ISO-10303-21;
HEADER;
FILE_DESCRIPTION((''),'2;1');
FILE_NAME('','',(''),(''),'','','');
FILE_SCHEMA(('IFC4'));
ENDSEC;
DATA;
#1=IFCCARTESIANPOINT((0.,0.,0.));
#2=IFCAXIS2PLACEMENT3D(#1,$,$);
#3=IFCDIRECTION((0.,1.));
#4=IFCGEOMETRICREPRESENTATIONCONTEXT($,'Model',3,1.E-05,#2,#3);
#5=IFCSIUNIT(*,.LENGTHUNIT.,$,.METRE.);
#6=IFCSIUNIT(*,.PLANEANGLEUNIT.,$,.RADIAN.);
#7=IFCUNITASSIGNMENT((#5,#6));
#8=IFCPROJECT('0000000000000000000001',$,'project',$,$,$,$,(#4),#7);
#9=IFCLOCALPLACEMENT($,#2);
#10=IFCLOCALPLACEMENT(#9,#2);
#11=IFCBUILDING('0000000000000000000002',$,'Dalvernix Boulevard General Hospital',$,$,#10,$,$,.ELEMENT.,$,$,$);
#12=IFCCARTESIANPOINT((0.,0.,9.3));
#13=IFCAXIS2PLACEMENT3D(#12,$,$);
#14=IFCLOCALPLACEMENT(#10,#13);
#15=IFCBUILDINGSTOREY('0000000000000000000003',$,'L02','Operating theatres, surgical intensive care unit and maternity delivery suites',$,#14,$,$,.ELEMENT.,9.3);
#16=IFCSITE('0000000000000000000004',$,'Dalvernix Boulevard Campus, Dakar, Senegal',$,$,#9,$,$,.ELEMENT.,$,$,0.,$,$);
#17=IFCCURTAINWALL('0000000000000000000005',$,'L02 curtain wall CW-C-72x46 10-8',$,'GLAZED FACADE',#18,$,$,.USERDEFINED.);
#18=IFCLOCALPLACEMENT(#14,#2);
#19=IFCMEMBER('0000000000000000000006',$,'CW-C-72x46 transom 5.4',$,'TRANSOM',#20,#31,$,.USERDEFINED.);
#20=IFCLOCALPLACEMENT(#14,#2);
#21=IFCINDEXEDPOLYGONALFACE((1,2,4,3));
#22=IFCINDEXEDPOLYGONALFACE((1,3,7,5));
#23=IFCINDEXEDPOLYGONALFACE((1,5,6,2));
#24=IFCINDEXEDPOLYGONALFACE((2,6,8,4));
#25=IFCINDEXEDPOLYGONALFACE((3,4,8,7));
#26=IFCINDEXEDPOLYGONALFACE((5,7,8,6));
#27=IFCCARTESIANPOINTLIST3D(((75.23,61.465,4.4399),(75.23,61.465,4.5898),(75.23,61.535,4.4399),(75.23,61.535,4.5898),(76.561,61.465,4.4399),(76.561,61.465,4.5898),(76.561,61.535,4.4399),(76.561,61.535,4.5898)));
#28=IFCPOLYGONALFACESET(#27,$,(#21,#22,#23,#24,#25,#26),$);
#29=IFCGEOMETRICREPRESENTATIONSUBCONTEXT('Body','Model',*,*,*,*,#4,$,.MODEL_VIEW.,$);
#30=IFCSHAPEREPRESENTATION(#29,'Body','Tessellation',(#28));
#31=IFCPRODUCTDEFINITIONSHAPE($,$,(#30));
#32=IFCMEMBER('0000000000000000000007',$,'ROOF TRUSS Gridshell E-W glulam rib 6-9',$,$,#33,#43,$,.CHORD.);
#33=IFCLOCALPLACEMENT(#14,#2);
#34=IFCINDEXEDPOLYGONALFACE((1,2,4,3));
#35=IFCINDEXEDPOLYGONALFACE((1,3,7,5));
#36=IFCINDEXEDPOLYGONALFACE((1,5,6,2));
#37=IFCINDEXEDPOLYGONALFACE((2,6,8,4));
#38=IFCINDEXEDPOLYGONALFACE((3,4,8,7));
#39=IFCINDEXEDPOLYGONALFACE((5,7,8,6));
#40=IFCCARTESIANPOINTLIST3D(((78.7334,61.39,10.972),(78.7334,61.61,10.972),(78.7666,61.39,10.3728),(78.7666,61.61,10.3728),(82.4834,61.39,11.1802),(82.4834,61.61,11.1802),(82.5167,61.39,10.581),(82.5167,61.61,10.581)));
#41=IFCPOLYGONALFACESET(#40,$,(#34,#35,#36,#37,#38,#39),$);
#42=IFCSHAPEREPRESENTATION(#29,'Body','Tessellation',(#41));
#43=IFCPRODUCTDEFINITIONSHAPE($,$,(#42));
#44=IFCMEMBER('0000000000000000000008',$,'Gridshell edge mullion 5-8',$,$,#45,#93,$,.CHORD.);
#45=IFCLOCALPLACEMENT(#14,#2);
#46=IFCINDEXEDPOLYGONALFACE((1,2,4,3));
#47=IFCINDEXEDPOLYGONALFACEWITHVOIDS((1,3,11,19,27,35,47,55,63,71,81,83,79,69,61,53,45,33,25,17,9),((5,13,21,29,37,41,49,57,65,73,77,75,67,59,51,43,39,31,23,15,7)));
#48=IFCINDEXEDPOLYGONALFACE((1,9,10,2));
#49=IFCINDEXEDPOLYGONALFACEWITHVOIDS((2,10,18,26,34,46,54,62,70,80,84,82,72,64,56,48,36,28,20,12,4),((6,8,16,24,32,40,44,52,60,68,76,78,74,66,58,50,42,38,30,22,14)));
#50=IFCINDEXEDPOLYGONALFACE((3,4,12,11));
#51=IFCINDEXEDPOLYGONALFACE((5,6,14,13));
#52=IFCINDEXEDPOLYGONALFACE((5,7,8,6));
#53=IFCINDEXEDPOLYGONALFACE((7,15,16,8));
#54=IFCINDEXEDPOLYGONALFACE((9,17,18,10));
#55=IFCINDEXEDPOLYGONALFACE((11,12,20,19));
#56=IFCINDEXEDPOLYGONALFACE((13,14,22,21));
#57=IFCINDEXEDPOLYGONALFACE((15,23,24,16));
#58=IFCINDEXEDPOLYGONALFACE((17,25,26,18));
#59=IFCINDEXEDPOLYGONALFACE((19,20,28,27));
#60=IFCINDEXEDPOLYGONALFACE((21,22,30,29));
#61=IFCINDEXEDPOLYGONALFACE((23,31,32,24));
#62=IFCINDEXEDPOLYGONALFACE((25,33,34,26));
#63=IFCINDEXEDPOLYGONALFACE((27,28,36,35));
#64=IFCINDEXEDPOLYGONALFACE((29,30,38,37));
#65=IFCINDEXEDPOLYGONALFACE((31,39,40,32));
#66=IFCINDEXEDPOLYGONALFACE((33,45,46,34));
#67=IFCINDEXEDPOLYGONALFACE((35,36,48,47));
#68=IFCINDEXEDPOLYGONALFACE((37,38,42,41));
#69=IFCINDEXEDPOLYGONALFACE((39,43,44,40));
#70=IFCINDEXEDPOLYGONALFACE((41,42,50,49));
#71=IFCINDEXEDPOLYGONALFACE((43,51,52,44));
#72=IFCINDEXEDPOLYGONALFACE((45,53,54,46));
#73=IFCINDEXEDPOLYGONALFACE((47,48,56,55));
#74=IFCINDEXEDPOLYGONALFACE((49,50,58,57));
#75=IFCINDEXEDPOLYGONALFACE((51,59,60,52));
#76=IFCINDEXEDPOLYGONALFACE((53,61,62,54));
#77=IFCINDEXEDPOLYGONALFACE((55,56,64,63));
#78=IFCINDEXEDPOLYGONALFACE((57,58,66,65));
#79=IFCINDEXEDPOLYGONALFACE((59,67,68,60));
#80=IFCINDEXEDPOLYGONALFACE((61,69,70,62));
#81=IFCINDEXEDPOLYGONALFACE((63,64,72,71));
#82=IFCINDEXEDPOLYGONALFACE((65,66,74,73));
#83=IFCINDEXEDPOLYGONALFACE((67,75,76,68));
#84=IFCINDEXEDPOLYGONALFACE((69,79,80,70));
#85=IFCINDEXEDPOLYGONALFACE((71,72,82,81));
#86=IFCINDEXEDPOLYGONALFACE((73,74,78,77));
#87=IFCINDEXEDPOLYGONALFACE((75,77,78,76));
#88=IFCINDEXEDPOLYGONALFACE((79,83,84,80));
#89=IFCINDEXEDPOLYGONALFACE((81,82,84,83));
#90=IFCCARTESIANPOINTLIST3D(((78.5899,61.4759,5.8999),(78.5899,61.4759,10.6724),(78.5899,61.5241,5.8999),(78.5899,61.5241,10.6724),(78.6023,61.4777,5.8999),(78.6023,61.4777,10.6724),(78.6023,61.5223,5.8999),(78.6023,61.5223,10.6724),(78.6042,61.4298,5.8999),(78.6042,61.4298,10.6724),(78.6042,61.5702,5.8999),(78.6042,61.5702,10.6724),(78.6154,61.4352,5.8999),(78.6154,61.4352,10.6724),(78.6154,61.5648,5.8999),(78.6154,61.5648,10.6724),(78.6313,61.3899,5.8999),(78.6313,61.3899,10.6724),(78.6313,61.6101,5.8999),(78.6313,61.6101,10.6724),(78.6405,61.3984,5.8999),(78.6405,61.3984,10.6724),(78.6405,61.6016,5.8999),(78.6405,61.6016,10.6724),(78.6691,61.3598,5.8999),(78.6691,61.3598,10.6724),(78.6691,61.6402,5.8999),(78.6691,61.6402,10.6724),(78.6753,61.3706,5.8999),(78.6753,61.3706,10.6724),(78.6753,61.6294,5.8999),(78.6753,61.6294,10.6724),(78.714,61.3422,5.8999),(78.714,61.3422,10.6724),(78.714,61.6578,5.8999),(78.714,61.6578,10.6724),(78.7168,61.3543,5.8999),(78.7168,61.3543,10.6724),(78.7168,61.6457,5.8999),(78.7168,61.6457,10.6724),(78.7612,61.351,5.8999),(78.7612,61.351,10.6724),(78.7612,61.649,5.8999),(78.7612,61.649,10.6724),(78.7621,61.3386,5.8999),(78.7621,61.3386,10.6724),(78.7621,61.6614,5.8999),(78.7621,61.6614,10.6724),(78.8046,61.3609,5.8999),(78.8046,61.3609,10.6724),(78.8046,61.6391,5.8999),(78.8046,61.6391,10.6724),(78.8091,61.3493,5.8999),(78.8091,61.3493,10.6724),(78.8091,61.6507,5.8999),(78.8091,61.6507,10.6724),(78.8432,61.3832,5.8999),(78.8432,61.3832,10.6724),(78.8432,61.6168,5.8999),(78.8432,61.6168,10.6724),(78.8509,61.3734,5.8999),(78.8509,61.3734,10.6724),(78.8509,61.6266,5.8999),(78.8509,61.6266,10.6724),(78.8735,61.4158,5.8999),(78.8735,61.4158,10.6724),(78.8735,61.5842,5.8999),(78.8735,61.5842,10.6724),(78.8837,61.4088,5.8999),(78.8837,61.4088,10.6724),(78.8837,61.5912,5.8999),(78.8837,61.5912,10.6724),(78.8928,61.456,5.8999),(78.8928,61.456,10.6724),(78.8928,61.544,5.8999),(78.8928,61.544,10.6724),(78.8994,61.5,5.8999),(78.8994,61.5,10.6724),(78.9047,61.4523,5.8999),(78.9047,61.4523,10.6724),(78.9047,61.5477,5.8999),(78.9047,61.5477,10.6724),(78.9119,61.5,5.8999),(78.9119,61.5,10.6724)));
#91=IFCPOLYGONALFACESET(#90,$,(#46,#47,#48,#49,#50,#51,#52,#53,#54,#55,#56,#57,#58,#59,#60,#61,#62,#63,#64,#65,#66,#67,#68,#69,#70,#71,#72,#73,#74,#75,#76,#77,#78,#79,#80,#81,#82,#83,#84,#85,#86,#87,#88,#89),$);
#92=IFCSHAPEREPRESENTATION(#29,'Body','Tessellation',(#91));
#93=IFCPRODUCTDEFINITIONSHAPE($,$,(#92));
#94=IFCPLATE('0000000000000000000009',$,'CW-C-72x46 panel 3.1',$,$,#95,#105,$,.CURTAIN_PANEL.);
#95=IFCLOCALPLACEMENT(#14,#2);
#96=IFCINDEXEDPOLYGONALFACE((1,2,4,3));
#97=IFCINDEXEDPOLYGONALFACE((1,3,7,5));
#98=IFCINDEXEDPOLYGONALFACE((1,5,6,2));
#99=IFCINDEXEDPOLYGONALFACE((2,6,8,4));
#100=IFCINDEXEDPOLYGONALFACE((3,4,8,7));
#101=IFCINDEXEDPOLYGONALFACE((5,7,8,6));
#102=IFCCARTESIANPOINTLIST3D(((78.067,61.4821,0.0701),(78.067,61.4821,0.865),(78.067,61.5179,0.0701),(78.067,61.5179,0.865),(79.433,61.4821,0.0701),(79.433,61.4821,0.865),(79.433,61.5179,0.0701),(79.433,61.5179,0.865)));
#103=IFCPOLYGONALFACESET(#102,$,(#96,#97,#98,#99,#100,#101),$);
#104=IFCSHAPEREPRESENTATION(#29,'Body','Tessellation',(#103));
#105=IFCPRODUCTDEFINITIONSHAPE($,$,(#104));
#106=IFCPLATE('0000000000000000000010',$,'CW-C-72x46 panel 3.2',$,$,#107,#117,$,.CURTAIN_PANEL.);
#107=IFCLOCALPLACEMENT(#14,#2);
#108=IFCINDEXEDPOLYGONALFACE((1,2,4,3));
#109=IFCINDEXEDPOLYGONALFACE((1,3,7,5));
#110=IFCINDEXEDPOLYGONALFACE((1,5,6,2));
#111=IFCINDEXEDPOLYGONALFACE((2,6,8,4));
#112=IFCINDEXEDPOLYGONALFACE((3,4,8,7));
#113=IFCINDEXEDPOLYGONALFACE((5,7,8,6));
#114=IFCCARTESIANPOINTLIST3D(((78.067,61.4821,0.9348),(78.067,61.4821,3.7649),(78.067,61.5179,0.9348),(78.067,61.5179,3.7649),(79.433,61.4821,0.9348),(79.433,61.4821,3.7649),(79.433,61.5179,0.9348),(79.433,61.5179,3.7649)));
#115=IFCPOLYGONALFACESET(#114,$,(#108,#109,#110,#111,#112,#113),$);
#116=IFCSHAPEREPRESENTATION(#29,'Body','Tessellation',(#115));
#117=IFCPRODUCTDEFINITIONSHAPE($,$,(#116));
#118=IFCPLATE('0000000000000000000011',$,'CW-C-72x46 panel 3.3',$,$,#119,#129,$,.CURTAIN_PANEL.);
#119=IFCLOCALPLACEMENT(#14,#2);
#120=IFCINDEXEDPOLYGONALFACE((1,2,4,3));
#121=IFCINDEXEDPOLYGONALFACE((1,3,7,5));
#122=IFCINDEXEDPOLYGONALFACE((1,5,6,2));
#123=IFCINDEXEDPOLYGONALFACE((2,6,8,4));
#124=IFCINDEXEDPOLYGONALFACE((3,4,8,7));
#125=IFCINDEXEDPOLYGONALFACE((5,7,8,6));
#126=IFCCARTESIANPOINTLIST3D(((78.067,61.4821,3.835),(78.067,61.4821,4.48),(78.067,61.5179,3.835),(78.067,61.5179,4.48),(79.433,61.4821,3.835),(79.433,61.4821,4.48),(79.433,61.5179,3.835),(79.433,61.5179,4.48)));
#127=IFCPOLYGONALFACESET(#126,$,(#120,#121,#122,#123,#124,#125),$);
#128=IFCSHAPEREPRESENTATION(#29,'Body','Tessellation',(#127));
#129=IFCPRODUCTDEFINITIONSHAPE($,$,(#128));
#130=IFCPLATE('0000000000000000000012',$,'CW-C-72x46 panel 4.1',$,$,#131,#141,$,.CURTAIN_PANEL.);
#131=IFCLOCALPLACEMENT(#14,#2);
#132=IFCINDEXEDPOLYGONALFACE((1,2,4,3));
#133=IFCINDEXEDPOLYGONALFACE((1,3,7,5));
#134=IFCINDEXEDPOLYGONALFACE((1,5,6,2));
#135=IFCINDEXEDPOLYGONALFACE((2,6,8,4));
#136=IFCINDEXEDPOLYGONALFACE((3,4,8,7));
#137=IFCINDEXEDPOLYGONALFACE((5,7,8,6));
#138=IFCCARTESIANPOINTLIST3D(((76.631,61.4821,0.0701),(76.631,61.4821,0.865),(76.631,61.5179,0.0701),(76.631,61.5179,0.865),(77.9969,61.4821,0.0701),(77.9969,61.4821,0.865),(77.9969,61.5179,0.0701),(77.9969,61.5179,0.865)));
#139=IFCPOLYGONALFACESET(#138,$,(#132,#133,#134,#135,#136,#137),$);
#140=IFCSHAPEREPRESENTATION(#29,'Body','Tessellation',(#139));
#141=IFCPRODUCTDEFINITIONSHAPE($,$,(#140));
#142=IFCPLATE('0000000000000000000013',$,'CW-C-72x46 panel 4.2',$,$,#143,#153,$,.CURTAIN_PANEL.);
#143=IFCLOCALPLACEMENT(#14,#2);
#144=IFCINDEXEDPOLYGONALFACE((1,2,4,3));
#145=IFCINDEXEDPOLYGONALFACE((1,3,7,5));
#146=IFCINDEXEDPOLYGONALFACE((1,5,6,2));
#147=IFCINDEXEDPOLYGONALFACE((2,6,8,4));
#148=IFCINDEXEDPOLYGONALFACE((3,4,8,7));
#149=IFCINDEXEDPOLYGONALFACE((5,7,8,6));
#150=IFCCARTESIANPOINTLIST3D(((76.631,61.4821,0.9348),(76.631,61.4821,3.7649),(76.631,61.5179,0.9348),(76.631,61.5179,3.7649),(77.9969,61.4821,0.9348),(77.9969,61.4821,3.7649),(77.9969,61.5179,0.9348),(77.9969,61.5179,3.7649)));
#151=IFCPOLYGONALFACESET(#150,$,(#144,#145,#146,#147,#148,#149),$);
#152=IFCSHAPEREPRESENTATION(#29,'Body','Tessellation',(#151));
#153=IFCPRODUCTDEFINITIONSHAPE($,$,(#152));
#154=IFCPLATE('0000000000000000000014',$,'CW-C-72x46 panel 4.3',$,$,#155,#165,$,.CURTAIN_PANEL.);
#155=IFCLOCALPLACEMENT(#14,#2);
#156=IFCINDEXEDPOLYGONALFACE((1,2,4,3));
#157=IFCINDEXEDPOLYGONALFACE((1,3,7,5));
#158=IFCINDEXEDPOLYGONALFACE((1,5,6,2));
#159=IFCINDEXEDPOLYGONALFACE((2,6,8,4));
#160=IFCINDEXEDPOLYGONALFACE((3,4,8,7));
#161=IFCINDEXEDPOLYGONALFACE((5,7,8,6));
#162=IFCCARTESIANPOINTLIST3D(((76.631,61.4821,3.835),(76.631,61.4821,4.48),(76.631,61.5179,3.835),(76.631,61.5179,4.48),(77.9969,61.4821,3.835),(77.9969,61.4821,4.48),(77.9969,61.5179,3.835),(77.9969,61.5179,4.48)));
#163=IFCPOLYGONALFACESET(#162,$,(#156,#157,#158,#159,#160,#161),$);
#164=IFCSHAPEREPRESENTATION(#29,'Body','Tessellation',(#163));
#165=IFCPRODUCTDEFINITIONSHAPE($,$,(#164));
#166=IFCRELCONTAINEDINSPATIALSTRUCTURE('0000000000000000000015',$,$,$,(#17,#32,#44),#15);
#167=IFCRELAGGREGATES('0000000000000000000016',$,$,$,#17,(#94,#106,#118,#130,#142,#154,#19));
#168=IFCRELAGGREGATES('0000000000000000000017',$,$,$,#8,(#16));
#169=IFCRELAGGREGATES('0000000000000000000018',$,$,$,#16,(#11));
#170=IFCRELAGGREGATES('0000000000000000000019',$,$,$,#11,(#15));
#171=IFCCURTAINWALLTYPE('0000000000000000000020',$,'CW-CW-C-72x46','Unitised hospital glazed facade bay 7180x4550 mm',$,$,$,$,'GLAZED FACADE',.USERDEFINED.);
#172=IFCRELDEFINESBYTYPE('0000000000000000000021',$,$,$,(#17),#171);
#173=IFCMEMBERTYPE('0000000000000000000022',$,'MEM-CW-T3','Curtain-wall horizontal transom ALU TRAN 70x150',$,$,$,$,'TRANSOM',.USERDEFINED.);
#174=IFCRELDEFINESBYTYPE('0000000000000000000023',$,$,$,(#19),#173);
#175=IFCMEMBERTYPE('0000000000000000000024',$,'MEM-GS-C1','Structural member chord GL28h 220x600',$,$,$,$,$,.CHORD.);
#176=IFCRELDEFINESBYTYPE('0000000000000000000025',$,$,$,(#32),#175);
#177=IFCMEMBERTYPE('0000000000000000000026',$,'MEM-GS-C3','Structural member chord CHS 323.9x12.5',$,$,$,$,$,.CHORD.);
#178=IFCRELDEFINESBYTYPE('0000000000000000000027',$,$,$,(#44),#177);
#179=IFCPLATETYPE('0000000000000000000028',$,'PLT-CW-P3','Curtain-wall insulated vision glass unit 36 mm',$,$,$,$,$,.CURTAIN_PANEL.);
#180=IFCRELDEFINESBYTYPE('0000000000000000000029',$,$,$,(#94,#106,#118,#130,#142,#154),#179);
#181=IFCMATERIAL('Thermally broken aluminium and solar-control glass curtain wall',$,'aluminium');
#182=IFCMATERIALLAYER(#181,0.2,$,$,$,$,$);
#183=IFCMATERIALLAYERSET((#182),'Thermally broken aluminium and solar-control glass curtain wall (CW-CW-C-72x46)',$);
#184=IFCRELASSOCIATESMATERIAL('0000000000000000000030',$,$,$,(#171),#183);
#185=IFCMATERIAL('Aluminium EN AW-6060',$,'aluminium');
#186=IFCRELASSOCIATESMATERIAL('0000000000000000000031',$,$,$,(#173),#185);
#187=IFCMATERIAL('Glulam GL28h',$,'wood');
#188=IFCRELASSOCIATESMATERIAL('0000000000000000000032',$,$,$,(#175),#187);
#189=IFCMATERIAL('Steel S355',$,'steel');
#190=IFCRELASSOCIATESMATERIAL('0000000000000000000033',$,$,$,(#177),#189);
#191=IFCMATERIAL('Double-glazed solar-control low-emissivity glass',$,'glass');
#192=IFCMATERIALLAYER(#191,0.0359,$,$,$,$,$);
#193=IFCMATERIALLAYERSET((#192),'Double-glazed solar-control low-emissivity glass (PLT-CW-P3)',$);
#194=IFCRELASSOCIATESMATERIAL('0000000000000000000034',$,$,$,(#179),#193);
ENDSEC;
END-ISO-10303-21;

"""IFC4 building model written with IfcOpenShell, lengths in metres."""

from ifc_helpers import new_model, si_unit, direction, frame, origin, origin_2d, place, context, subcontext, project, spatial, rectangle, hollow_circle, extrude, material, layer, layer_set, material_profile, profile_set, type_object, element, aggregate, save


model = new_model("IFC4")

# Units and contexts
model_context = context("Model", 3, precision=1e-05, world=origin(), true_north=direction((0.0, 1.0)))
body_context = subcontext(model_context, "Body", "Model", "MODEL_VIEW")
ifc_project = project(units=[si_unit("LENGTHUNIT", "METRE"), si_unit("PLANEANGLEUNIT", "RADIAN")], contexts=[model_context])

# Site, building, storey
site_placement = place(None, origin())
site = spatial("IfcSite", under=ifc_project, at=site_placement, Name="Dalvernix Boulevard Campus, Dakar, Senegal", CompositionType="ELEMENT", RefElevation=0.0)
building_placement = place(site_placement, origin())
building = spatial("IfcBuilding", under=site, at=building_placement, Name="Dalvernix Boulevard General Hospital", CompositionType="ELEMENT")
storey_placement = place(building_placement, frame((0.0, 0.0, 9.3)))
storey = spatial("IfcBuildingStorey", under=building, at=storey_placement, Name="L02", Description="Operating theatres, surgical intensive care unit and maternity delivery suites", CompositionType="ELEMENT", Elevation=9.3)

# Curtain wall, member
ifc_material_1 = material(Name="Thermally broken aluminium and solar-control glass curtain wall", Category="aluminium")
ifc_layer_1 = layer(ifc_material_1, 0.2)
ifc_layer_set_1 = layer_set([ifc_layer_1], Name="Thermally broken aluminium and solar-control glass curtain wall (CW-CW-C-72x46)")
curtain_wall_type = type_object("IfcCurtainWallType", Name="CW-CW-C-72x46", Description="Unitised hospital glazed facade bay 7180x4550 mm", ElementType="GLAZED FACADE", PredefinedType="USERDEFINED", material=ifc_layer_set_1)
curtain_wall_placement = place(storey_placement, origin())
curtain_wall = element("IfcCurtainWall", 1, at=curtain_wall_placement, inside=storey, type_object=curtain_wall_type, Name="L02 curtain wall CW-C-72x46 10-8", ObjectType="GLAZED FACADE", PredefinedType="USERDEFINED")
ifc_material_2 = material(Name="Aluminium EN AW-6060", Category="aluminium")
ifc_material_profile_1 = material_profile(ifc_material_2, rectangle(XDim=0.0701, YDim=0.1499, at=origin_2d()), Name="ALU TRAN 70x150")
ifc_profile_set_1 = profile_set([ifc_material_profile_1], Name="Aluminium EN AW-6060")
member_type_1 = type_object("IfcMemberType", Name="MEM-CW-T3", Description="Curtain-wall horizontal transom ALU TRAN 70x150", ElementType="TRANSOM", PredefinedType="USERDEFINED", material=ifc_profile_set_1)
member_1_placement = place(storey_placement, frame((76.561, 61.5, 4.5149), z_axis=(-1.0, 0.0, 0.0), x_axis=(0.0, -1.0, 0.0)))
member_1 = element("IfcMember", 2, at=member_1_placement, type_object=member_type_1, Name="CW-C-72x46 transom 5.4", ObjectType="TRANSOM", PredefinedType="USERDEFINED", context=body_context, shape_type="SweptSolid", body=[
    extrude(rectangle(XDim=0.0701, YDim=0.1499, at=origin_2d()), origin(), (0.0, 0.0, 1.0), 1.3311),
])

# Members
ifc_material_3 = material(Name="Glulam GL28h", Category="wood")
ifc_material_profile_2 = material_profile(ifc_material_3, rectangle(XDim=0.22, YDim=0.6001, at=origin_2d()), Name="GL28h 220x600")
ifc_profile_set_2 = profile_set([ifc_material_profile_2], Name="Glulam GL28h")
member_type_2 = type_object("IfcMemberType", Name="MEM-GS-C1", Description="Structural member chord GL28h 220x600", PredefinedType="CHORD", material=ifc_profile_set_2)
member_2_placement = place(storey_placement, frame((78.75, 61.5, 10.6724), z_axis=(0.998462, 0.0, 0.055448), x_axis=(0.0, 1.0, 0.0)))
element("IfcMember", 3, at=member_2_placement, inside=storey, type_object=member_type_2, Name="ROOF TRUSS Gridshell E-W glulam rib 6-9", PredefinedType="CHORD", context=body_context, shape_type="SweptSolid", body=[
    extrude(rectangle(XDim=0.22, YDim=0.6001, at=origin_2d()), origin(), (0.0, 0.0, 1.0), 3.7559),
])
ifc_material_4 = material(Name="Steel S355", Category="steel")
ifc_material_profile_3 = material_profile(ifc_material_4, hollow_circle(Radius=0.1619, WallThickness=0.0125, at=origin_2d()), Name="CHS 323.9x12.5")
ifc_profile_set_3 = profile_set([ifc_material_profile_3], Name="Steel S355")
member_type_3 = type_object("IfcMemberType", Name="MEM-GS-C3", Description="Structural member chord CHS 323.9x12.5", PredefinedType="CHORD", material=ifc_profile_set_3)
member_3_placement = place(storey_placement, frame((78.75, 61.5, 5.8999), z_axis=(0.0, 0.0, 1.0), x_axis=(1.0, 0.0, 0.0)))
element("IfcMember", 4, at=member_3_placement, inside=storey, type_object=member_type_3, Name="Gridshell edge mullion 5-8", PredefinedType="CHORD", context=body_context, shape_type="SweptSolid", body=[
    extrude(hollow_circle(Radius=0.1619, WallThickness=0.0125, at=origin_2d()), origin(), (0.0, 0.0, 1.0), 4.7725),
])

# Plates
ifc_material_5 = material(Name="Double-glazed solar-control low-emissivity glass", Category="glass")
ifc_layer_2 = layer(ifc_material_5, 0.0359)
ifc_layer_set_2 = layer_set([ifc_layer_2], Name="Double-glazed solar-control low-emissivity glass (PLT-CW-P3)")
plate_type = type_object("IfcPlateType", Name="PLT-CW-P3", Description="Curtain-wall insulated vision glass unit 36 mm", PredefinedType="CURTAIN_PANEL", material=ifc_layer_set_2)
plate_1_placement = place(storey_placement, frame((78.75, 61.5, 0.0701), z_axis=(0.0, 0.0, 1.0), x_axis=(-1.0, 0.0, 0.0)))
plate_1 = element("IfcPlate", 5, at=plate_1_placement, type_object=plate_type, Name="CW-C-72x46 panel 3.1", PredefinedType="CURTAIN_PANEL", context=body_context, shape_type="SweptSolid", body=[
    extrude(rectangle(XDim=1.366, YDim=0.0359, at=origin_2d()), origin(), (0.0, 0.0, 1.0), 0.7949),
])
plate_2_placement = place(storey_placement, frame((78.75, 61.5, 0.9348), z_axis=(0.0, 0.0, 1.0), x_axis=(-1.0, 0.0, 0.0)))
plate_2 = element("IfcPlate", 6, at=plate_2_placement, type_object=plate_type, Name="CW-C-72x46 panel 3.2", PredefinedType="CURTAIN_PANEL", context=body_context, shape_type="SweptSolid", body=[
    extrude(rectangle(XDim=1.366, YDim=0.0359, at=origin_2d()), origin(), (0.0, 0.0, 1.0), 2.8301),
])
plate_3_placement = place(storey_placement, frame((78.75, 61.5, 3.835), z_axis=(0.0, 0.0, 1.0), x_axis=(-1.0, 0.0, 0.0)))
plate_3 = element("IfcPlate", 7, at=plate_3_placement, type_object=plate_type, Name="CW-C-72x46 panel 3.3", PredefinedType="CURTAIN_PANEL", context=body_context, shape_type="SweptSolid", body=[
    extrude(rectangle(XDim=1.366, YDim=0.0359, at=origin_2d()), origin(), (0.0, 0.0, 1.0), 0.645),
])
plate_4_placement = place(storey_placement, frame((77.314, 61.5, 0.0701), z_axis=(0.0, 0.0, 1.0), x_axis=(-1.0, 0.0, 0.0)))
plate_4 = element("IfcPlate", 8, at=plate_4_placement, type_object=plate_type, Name="CW-C-72x46 panel 4.1", PredefinedType="CURTAIN_PANEL", context=body_context, shape_type="SweptSolid", body=[
    extrude(rectangle(XDim=1.366, YDim=0.0359, at=origin_2d()), origin(), (0.0, 0.0, 1.0), 0.7949),
])
plate_5_placement = place(storey_placement, frame((77.314, 61.5, 0.9348), z_axis=(0.0, 0.0, 1.0), x_axis=(-1.0, 0.0, 0.0)))
plate_5 = element("IfcPlate", 9, at=plate_5_placement, type_object=plate_type, Name="CW-C-72x46 panel 4.2", PredefinedType="CURTAIN_PANEL", context=body_context, shape_type="SweptSolid", body=[
    extrude(rectangle(XDim=1.366, YDim=0.0359, at=origin_2d()), origin(), (0.0, 0.0, 1.0), 2.8301),
])
plate_6_placement = place(storey_placement, frame((77.314, 61.5, 3.835), z_axis=(0.0, 0.0, 1.0), x_axis=(-1.0, 0.0, 0.0)))
plate_6 = element("IfcPlate", 10, at=plate_6_placement, type_object=plate_type, Name="CW-C-72x46 panel 4.3", PredefinedType="CURTAIN_PANEL", context=body_context, shape_type="SweptSolid", body=[
    extrude(rectangle(XDim=1.366, YDim=0.0359, at=origin_2d()), origin(), (0.0, 0.0, 1.0), 0.645),
])
aggregate(curtain_wall, [plate_1, plate_2, plate_3, plate_4, plate_5, plate_6, member_1])

save(model, "model.ifc")
